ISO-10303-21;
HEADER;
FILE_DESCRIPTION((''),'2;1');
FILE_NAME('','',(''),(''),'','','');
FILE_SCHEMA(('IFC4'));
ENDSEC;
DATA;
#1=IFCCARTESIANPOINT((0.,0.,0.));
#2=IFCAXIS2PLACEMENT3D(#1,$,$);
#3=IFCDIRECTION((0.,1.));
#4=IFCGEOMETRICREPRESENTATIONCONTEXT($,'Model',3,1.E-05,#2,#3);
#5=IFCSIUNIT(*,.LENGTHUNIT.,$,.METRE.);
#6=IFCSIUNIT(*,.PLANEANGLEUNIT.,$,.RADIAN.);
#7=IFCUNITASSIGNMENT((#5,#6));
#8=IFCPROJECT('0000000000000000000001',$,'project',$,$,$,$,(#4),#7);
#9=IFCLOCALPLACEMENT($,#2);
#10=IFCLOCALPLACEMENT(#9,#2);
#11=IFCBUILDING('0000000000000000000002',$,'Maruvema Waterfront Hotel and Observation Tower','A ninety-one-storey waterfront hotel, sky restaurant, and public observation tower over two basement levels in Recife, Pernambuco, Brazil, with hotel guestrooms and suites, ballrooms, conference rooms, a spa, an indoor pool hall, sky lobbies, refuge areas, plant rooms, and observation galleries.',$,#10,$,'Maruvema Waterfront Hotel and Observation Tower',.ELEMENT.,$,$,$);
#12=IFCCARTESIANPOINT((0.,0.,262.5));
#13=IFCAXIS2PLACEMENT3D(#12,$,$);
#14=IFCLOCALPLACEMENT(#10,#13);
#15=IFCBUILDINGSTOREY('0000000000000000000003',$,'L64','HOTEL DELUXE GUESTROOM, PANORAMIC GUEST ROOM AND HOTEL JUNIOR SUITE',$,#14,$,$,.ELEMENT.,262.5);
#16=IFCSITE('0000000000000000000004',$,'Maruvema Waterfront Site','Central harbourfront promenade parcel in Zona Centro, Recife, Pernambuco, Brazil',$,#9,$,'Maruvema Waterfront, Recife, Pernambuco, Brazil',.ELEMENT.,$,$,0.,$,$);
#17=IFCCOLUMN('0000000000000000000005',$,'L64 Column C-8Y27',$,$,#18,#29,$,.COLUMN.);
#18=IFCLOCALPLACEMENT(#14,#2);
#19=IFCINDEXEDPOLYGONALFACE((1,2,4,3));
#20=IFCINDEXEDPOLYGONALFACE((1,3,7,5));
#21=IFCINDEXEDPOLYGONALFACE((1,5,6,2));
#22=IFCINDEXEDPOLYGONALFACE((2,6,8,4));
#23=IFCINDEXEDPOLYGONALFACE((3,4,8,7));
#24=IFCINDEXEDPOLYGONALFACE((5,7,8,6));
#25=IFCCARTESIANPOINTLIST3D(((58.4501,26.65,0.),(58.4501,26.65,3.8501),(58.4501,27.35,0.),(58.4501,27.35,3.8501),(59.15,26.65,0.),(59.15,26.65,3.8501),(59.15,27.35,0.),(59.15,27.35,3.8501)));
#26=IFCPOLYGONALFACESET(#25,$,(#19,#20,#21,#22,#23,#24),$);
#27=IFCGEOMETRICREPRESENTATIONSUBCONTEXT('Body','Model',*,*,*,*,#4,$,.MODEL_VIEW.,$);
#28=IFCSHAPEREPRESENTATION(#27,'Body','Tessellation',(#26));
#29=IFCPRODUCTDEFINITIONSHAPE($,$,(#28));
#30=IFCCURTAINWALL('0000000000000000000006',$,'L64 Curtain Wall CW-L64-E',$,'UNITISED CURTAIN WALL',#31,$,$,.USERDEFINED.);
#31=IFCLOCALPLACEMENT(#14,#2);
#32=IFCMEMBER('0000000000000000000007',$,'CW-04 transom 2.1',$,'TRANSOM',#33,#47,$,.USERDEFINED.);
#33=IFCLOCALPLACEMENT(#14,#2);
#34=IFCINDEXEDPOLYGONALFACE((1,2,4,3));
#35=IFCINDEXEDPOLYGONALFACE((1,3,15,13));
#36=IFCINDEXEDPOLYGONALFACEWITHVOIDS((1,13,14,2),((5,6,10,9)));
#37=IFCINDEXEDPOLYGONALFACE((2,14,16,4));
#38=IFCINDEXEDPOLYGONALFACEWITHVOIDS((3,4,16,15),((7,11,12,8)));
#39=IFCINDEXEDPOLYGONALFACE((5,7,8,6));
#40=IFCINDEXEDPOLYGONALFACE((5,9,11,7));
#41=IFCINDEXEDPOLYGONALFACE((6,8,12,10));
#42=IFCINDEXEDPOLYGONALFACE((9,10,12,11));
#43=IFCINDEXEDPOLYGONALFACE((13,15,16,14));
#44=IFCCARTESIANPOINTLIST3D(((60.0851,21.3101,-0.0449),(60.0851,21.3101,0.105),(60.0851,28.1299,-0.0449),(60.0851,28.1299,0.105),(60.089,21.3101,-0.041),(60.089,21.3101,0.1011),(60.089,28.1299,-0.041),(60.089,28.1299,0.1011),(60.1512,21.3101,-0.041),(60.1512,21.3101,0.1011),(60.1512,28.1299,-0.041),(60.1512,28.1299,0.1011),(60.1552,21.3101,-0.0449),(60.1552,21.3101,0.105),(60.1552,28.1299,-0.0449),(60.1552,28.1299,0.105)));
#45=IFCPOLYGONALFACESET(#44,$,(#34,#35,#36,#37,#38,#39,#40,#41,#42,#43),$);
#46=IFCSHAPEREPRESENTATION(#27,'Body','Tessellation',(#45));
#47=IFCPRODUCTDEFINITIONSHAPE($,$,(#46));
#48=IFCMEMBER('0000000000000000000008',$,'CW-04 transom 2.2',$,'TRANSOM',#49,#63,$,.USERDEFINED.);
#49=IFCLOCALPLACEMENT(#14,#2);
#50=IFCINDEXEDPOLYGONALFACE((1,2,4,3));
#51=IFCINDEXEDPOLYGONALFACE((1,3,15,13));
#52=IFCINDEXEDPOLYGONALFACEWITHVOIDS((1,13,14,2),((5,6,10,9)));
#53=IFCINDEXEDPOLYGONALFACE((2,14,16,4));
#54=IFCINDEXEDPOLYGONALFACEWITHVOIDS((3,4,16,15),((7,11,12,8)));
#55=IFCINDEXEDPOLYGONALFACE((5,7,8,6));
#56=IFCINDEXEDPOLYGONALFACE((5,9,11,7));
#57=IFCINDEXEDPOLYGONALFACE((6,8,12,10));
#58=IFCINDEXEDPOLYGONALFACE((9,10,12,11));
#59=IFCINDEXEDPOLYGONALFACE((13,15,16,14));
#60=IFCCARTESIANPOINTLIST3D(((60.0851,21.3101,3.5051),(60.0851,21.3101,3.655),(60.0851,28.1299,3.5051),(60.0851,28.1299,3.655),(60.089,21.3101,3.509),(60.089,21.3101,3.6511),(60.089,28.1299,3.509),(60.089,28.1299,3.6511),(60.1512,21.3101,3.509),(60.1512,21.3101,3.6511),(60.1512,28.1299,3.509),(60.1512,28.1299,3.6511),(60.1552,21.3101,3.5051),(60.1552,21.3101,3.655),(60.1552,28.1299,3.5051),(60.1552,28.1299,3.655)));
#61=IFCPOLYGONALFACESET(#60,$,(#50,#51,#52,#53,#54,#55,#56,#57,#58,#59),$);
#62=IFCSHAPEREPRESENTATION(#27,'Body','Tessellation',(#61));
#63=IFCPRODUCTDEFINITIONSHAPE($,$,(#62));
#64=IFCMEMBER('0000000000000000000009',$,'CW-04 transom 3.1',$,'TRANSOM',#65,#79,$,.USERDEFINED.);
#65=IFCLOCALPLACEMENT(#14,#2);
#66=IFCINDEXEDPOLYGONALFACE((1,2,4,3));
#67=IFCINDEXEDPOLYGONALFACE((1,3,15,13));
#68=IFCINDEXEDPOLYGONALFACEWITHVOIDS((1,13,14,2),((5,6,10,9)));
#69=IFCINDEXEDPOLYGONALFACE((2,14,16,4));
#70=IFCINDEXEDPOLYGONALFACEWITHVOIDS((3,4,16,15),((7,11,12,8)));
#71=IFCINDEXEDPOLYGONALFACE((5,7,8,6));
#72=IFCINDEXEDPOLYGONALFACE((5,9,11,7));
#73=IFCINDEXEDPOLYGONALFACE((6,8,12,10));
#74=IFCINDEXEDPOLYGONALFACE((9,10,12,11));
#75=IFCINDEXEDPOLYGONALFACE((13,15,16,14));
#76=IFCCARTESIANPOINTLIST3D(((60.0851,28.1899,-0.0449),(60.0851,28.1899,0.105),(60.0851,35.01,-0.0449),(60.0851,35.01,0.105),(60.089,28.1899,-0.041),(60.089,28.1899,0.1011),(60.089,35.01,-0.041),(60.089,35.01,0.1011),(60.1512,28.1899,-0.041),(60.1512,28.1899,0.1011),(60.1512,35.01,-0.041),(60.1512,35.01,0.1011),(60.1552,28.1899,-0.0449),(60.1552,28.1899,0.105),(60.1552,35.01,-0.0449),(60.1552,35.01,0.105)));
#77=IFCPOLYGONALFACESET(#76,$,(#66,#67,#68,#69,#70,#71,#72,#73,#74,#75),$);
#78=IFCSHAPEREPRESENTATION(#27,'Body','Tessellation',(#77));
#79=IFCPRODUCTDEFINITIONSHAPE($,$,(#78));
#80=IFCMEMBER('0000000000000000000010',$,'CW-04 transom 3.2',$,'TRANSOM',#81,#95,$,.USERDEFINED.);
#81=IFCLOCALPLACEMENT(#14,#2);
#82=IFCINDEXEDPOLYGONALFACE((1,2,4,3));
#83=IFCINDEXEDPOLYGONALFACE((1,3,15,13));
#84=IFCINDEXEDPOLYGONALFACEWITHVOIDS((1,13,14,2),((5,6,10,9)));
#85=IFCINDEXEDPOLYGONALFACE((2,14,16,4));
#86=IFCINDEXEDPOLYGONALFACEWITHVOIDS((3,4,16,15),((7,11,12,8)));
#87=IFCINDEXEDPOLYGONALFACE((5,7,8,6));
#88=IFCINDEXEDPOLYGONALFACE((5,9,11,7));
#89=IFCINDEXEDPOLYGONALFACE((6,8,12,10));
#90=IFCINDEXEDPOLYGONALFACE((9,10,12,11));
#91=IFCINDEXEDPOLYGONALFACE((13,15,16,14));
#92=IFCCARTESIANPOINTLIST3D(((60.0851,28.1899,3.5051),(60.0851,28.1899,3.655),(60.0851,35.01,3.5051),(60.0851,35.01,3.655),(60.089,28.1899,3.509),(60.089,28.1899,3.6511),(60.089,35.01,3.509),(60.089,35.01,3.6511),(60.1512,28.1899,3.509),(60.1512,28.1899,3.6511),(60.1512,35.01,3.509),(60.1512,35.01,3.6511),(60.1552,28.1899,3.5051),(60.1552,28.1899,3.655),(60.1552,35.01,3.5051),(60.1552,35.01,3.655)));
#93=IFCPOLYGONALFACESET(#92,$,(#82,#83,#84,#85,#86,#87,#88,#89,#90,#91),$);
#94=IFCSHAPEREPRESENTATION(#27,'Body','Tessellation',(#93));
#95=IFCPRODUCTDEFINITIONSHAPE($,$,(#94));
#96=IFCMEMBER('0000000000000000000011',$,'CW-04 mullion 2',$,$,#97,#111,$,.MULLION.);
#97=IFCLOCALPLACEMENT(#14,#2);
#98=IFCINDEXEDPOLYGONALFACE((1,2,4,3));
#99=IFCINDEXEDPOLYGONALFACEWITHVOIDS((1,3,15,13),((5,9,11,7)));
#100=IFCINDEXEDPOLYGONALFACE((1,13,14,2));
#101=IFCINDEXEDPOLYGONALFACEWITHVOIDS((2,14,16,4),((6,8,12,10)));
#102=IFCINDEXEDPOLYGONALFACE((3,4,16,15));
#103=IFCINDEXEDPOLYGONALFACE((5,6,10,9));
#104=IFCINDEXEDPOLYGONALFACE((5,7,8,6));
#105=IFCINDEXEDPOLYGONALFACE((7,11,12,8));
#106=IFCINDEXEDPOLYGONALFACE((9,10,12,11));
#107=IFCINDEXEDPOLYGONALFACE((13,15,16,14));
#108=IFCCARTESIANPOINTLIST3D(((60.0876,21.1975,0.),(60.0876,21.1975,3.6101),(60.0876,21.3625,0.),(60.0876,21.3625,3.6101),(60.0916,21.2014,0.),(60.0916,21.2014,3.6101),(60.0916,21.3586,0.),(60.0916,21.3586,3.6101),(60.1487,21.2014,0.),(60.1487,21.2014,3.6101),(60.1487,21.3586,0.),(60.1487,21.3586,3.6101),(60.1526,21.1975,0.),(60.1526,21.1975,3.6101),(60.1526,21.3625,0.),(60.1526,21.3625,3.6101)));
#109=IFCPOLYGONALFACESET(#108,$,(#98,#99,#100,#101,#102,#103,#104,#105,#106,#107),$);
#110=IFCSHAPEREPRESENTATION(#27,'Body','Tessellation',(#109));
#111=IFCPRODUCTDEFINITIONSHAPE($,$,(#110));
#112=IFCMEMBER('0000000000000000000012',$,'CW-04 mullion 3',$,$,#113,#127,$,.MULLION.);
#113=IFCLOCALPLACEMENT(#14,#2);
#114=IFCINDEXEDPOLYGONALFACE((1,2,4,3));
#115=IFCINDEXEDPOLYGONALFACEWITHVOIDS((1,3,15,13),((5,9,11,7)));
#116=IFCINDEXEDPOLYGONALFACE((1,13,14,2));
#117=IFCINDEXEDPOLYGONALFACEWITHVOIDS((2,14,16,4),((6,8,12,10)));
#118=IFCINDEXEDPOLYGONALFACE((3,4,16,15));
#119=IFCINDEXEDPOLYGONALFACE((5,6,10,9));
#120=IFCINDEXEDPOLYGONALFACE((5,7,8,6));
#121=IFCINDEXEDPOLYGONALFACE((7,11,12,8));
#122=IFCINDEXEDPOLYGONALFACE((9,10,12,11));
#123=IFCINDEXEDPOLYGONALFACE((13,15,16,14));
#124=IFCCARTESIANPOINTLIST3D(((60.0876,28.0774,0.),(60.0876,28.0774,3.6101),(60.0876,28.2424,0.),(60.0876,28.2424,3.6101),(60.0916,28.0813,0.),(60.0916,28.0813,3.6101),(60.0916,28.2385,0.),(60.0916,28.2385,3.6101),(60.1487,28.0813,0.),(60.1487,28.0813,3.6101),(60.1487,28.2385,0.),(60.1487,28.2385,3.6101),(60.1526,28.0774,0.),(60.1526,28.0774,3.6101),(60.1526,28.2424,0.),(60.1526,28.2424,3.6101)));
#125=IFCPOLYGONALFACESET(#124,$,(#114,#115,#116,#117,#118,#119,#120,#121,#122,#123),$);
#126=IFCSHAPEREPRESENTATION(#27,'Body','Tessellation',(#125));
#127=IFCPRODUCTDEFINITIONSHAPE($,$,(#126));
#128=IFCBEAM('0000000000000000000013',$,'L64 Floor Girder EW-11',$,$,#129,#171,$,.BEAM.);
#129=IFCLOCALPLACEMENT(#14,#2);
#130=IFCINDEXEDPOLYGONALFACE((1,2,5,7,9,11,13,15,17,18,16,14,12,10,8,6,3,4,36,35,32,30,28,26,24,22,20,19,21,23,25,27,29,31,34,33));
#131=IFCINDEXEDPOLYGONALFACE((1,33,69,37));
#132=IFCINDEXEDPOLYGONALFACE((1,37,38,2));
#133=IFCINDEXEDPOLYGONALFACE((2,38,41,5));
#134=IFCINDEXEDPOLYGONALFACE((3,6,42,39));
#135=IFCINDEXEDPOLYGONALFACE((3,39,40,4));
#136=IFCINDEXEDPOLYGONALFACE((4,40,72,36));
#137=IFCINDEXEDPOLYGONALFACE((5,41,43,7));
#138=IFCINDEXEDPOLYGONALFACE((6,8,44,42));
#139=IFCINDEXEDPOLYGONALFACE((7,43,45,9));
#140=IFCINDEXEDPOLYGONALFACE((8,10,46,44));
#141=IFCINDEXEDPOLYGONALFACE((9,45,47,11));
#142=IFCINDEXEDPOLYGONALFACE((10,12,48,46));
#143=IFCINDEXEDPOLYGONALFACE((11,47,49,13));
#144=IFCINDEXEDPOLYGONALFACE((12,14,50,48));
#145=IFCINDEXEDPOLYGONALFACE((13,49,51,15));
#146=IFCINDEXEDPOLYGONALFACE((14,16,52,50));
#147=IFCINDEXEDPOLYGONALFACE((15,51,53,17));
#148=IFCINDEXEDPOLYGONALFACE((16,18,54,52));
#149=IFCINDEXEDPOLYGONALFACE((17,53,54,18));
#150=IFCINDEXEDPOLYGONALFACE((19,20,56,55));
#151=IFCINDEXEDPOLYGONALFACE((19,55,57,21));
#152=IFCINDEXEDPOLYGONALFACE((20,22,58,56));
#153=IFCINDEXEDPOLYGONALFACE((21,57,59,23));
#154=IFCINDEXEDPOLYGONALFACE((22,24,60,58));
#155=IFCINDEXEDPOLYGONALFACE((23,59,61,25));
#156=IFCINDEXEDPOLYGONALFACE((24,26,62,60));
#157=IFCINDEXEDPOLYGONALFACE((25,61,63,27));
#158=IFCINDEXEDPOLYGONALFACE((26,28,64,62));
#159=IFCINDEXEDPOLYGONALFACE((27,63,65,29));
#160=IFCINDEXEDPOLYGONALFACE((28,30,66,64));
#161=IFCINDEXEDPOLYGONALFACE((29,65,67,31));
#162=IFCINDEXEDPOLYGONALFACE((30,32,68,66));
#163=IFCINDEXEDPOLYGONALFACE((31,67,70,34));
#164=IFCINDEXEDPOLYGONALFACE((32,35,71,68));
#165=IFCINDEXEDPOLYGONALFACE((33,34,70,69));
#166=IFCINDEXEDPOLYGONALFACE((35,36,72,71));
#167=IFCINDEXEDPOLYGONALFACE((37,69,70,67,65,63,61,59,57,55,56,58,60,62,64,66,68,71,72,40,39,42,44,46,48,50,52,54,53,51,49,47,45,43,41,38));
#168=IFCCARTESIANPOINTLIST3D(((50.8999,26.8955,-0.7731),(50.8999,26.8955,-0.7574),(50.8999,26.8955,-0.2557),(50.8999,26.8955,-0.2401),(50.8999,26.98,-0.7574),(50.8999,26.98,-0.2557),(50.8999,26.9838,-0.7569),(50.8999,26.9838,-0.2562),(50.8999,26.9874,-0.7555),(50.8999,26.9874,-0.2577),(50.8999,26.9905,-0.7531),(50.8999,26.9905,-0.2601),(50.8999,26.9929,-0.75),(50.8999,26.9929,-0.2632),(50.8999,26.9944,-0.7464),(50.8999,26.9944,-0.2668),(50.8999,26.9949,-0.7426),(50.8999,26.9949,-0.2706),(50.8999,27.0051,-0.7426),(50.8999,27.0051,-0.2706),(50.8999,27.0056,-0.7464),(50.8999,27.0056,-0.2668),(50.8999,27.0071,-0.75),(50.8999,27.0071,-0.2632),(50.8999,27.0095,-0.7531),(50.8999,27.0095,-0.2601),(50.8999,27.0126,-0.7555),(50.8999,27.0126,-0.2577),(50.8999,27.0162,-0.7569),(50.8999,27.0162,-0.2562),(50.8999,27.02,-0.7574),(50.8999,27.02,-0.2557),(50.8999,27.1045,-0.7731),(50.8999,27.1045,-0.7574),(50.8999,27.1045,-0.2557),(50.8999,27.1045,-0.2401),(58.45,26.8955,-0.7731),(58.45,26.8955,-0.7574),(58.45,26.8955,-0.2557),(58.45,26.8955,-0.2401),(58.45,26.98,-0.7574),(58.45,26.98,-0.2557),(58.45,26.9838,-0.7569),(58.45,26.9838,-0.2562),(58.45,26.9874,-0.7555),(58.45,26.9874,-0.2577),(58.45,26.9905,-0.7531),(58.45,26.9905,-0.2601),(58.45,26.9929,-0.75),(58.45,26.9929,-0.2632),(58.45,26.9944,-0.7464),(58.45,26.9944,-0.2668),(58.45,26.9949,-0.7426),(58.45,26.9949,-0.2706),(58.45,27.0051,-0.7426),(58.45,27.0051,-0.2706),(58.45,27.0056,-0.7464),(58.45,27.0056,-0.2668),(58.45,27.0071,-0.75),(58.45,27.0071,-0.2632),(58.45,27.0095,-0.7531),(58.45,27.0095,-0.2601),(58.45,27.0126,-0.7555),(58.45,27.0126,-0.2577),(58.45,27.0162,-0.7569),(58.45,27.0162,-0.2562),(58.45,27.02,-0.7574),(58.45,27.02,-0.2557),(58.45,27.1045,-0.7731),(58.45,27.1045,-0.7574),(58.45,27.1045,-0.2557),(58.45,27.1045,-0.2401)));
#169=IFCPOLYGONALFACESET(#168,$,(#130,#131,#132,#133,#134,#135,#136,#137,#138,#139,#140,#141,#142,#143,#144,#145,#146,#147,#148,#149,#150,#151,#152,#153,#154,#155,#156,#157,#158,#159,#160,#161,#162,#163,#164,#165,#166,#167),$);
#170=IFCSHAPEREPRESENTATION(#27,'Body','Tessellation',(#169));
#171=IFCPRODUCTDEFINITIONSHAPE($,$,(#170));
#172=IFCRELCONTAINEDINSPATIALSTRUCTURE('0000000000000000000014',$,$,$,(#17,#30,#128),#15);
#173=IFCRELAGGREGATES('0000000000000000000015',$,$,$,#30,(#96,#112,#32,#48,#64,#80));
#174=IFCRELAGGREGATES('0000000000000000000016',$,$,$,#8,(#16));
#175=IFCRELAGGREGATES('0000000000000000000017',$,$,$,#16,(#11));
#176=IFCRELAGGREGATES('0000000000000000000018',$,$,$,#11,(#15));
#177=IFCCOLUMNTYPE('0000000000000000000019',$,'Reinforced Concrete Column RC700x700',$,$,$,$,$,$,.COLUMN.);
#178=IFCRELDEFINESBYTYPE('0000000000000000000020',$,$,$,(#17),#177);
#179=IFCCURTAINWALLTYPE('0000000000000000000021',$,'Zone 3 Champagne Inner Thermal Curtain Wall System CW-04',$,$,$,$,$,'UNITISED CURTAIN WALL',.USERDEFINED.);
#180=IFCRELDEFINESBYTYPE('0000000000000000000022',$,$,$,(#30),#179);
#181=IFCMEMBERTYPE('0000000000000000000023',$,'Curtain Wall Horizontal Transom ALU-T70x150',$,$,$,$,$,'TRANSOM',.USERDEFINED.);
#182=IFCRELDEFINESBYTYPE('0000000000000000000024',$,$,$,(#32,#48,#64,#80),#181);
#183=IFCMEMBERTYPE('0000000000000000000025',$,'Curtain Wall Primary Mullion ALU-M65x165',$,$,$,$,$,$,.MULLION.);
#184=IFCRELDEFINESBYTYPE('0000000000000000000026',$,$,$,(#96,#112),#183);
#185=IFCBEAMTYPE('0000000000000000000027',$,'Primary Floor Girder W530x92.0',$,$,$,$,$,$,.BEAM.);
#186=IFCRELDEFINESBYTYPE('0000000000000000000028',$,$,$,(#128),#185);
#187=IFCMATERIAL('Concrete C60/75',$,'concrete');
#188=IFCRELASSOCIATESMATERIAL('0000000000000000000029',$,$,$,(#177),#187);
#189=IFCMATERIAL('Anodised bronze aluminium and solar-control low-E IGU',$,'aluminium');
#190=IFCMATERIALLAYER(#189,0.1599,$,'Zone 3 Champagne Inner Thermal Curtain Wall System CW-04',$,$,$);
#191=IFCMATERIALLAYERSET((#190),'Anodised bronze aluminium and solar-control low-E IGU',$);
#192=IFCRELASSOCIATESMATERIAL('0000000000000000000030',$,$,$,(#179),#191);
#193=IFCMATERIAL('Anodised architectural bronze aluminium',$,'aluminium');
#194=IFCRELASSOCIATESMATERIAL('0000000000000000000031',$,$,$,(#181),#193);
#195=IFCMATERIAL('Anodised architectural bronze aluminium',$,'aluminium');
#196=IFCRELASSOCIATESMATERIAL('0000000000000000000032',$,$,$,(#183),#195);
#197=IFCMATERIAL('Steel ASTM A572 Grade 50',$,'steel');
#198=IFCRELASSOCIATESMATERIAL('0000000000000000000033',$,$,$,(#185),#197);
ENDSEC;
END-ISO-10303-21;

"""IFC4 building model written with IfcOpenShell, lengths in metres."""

from ifc_helpers import new_model, si_unit, direction, frame, origin, origin_2d, place, context, subcontext, project, spatial, rectangle, hollow_rectangle, i_section, extrude, material, layer, layer_set, material_profile, profile_set, type_object, element, aggregate, save


model = new_model("IFC4")

# Units and contexts
model_context = context("Model", 3, precision=1e-05, world=origin(), true_north=direction((0.0, 1.0)))
body_context = subcontext(model_context, "Body", "Model", "MODEL_VIEW")
ifc_project = project(units=[si_unit("LENGTHUNIT", "METRE"), si_unit("PLANEANGLEUNIT", "RADIAN")], contexts=[model_context])

# Site, building, storey
site_placement = place(None, origin())
site = spatial("IfcSite", under=ifc_project, at=site_placement, Name="Maruvema Waterfront Site", Description="Central harbourfront promenade parcel in Zona Centro, Recife, Pernambuco, Brazil", LongName="Maruvema Waterfront, Recife, Pernambuco, Brazil", CompositionType="ELEMENT", RefElevation=0.0)
building_placement = place(site_placement, origin())
building = spatial("IfcBuilding", under=site, at=building_placement, Name="Maruvema Waterfront Hotel and Observation Tower", Description="A ninety-one-storey waterfront hotel, sky restaurant, and public observation tower over two basement levels in Recife, Pernambuco, Brazil, with hotel guestrooms and suites, ballrooms, conference rooms, a spa, an indoor pool hall, sky lobbies, refuge areas, plant rooms, and observation galleries.", LongName="Maruvema Waterfront Hotel and Observation Tower", CompositionType="ELEMENT")
storey_placement = place(building_placement, frame((0.0, 0.0, 262.5)))
storey = spatial("IfcBuildingStorey", under=building, at=storey_placement, Name="L64", Description="HOTEL DELUXE GUESTROOM, PANORAMIC GUEST ROOM AND HOTEL JUNIOR SUITE", CompositionType="ELEMENT", Elevation=262.5)

# Column
ifc_material_1 = material(Name="Concrete C60/75", Category="concrete")
ifc_material_profile_1 = material_profile(ifc_material_1, rectangle(XDim=0.7, YDim=0.7, at=origin_2d()), Name="RC700x700")
ifc_profile_set_1 = profile_set([ifc_material_profile_1], Name="Concrete C60/75")
column_type = type_object("IfcColumnType", Name="Reinforced Concrete Column RC700x700", PredefinedType="COLUMN", material=ifc_profile_set_1)
column_placement = place(storey_placement, frame((58.8, 27.0, 0.0), z_axis=(0.0, 0.0, 1.0), x_axis=(1.0, 0.0, 0.0)))
element("IfcColumn", 1, at=column_placement, inside=storey, type_object=column_type, Name="L64 Column C-8Y27", PredefinedType="COLUMN", context=body_context, shape_type="SweptSolid", body=[
    extrude(rectangle(XDim=0.7, YDim=0.7, at=origin_2d()), origin(), (0.0, 0.0, 1.0), 3.8501),
])

# Curtain wall, members
ifc_material_2 = material(Name="Anodised bronze aluminium and solar-control low-E IGU", Category="aluminium")
ifc_layer_1 = layer(ifc_material_2, 0.1599, Name="Zone 3 Champagne Inner Thermal Curtain Wall System CW-04")
ifc_layer_set_1 = layer_set([ifc_layer_1], Name="Anodised bronze aluminium and solar-control low-E IGU")
curtain_wall_type = type_object("IfcCurtainWallType", Name="Zone 3 Champagne Inner Thermal Curtain Wall System CW-04", ElementType="UNITISED CURTAIN WALL", PredefinedType="USERDEFINED", material=ifc_layer_set_1)
curtain_wall_placement = place(storey_placement, origin())
curtain_wall = element("IfcCurtainWall", 2, at=curtain_wall_placement, inside=storey, type_object=curtain_wall_type, Name="L64 Curtain Wall CW-L64-E", ObjectType="UNITISED CURTAIN WALL", PredefinedType="USERDEFINED")
ifc_material_3 = material(Name="Anodised architectural bronze aluminium", Category="aluminium")
ifc_material_profile_2 = material_profile(ifc_material_3, hollow_rectangle(XDim=0.0701, YDim=0.1499, WallThickness=0.0039, at=origin_2d()), Name="ALU-T70x150")
ifc_profile_set_2 = profile_set([ifc_material_profile_2], Name="Anodised architectural bronze aluminium")
member_type_1 = type_object("IfcMemberType", Name="Curtain Wall Horizontal Transom ALU-T70x150", ElementType="TRANSOM", PredefinedType="USERDEFINED", material=ifc_profile_set_2)
member_1_placement = place(storey_placement, frame((60.1201, 21.3101, 0.03), z_axis=(0.0, 1.0, 0.0), x_axis=(-1.0, 0.0, 0.0)))
member_1 = element("IfcMember", 3, at=member_1_placement, type_object=member_type_1, Name="CW-04 transom 2.1", ObjectType="TRANSOM", PredefinedType="USERDEFINED", context=body_context, shape_type="SweptSolid", body=[
    extrude(hollow_rectangle(XDim=0.0701, YDim=0.1499, WallThickness=0.0039, at=origin_2d()), origin(), (0.0, 0.0, 1.0), 6.8198),
])
member_2_placement = place(storey_placement, frame((60.1201, 21.3101, 3.5801), z_axis=(0.0, 1.0, 0.0), x_axis=(-1.0, 0.0, 0.0)))
member_2 = element("IfcMember", 4, at=member_2_placement, type_object=member_type_1, Name="CW-04 transom 2.2", ObjectType="TRANSOM", PredefinedType="USERDEFINED", context=body_context, shape_type="SweptSolid", body=[
    extrude(hollow_rectangle(XDim=0.0701, YDim=0.1499, WallThickness=0.0039, at=origin_2d()), origin(), (0.0, 0.0, 1.0), 6.8198),
])
member_3_placement = place(storey_placement, frame((60.1201, 28.1899, 0.03), z_axis=(0.0, 1.0, 0.0), x_axis=(-1.0, 0.0, 0.0)))
member_3 = element("IfcMember", 5, at=member_3_placement, type_object=member_type_1, Name="CW-04 transom 3.1", ObjectType="TRANSOM", PredefinedType="USERDEFINED", context=body_context, shape_type="SweptSolid", body=[
    extrude(hollow_rectangle(XDim=0.0701, YDim=0.1499, WallThickness=0.0039, at=origin_2d()), origin(), (0.0, 0.0, 1.0), 6.8201),
])
member_4_placement = place(storey_placement, frame((60.1201, 28.1899, 3.5801), z_axis=(0.0, 1.0, 0.0), x_axis=(-1.0, 0.0, 0.0)))
member_4 = element("IfcMember", 6, at=member_4_placement, type_object=member_type_1, Name="CW-04 transom 3.2", ObjectType="TRANSOM", PredefinedType="USERDEFINED", context=body_context, shape_type="SweptSolid", body=[
    extrude(hollow_rectangle(XDim=0.0701, YDim=0.1499, WallThickness=0.0039, at=origin_2d()), origin(), (0.0, 0.0, 1.0), 6.8201),
])
ifc_material_4 = material(Name="Anodised architectural bronze aluminium", Category="aluminium")
ifc_material_profile_3 = material_profile(ifc_material_4, hollow_rectangle(XDim=0.0649, YDim=0.165, WallThickness=0.0039, at=origin_2d()), Name="ALU-M65x165")
ifc_profile_set_3 = profile_set([ifc_material_profile_3], Name="Anodised architectural bronze aluminium")
member_type_2 = type_object("IfcMemberType", Name="Curtain Wall Primary Mullion ALU-M65x165", PredefinedType="MULLION", material=ifc_profile_set_3)
member_5_placement = place(storey_placement, frame((60.1201, 21.28, 0.0), z_axis=(0.0, 0.0, 1.0), x_axis=(-1.0, 0.0, 0.0)))
member_5 = element("IfcMember", 7, at=member_5_placement, type_object=member_type_2, Name="CW-04 mullion 2", PredefinedType="MULLION", context=body_context, shape_type="SweptSolid", body=[
    extrude(hollow_rectangle(XDim=0.0649, YDim=0.165, WallThickness=0.0039, at=origin_2d()), origin(), (0.0, 0.0, 1.0), 3.6101),
])
member_6_placement = place(storey_placement, frame((60.1201, 28.1599, 0.0), z_axis=(0.0, 0.0, 1.0), x_axis=(-1.0, 0.0, 0.0)))
member_6 = element("IfcMember", 8, at=member_6_placement, type_object=member_type_2, Name="CW-04 mullion 3", PredefinedType="MULLION", context=body_context, shape_type="SweptSolid", body=[
    extrude(hollow_rectangle(XDim=0.0649, YDim=0.165, WallThickness=0.0039, at=origin_2d()), origin(), (0.0, 0.0, 1.0), 3.6101),
])

# Beam
ifc_material_5 = material(Name="Steel ASTM A572 Grade 50", Category="steel")
ifc_material_profile_4 = material_profile(ifc_material_5, i_section(OverallWidth=0.209, OverallDepth=0.533, WebThickness=0.0103, FlangeThickness=0.0156, FilletRadius=0.0149, at=origin_2d()), Name="W530x92.0")
ifc_profile_set_4 = profile_set([ifc_material_profile_4], Name="Steel ASTM A572 Grade 50")
beam_type_1 = type_object("IfcBeamType", Name="Primary Floor Girder W530x92.0", PredefinedType="BEAM", material=ifc_profile_set_4)
beam_1_placement = place(storey_placement, frame((50.8999, 27.0, -0.5066), z_axis=(1.0, 0.0, 0.0), x_axis=(0.0, 1.0, 0.0)))
element("IfcBeam", 9, at=beam_1_placement, inside=storey, type_object=beam_type_1, Name="L64 Floor Girder EW-11", PredefinedType="BEAM", context=body_context, shape_type="SweptSolid", body=[
    extrude(i_section(OverallWidth=0.209, OverallDepth=0.533, WebThickness=0.0103, FlangeThickness=0.0156, FilletRadius=0.0149, at=origin_2d()), origin(), (0.0, 0.0, 1.0), 7.55),
])

aggregate(curtain_wall, [member_5, member_6, member_1, member_2, member_3, member_4])

save(model, "model.ifc")
